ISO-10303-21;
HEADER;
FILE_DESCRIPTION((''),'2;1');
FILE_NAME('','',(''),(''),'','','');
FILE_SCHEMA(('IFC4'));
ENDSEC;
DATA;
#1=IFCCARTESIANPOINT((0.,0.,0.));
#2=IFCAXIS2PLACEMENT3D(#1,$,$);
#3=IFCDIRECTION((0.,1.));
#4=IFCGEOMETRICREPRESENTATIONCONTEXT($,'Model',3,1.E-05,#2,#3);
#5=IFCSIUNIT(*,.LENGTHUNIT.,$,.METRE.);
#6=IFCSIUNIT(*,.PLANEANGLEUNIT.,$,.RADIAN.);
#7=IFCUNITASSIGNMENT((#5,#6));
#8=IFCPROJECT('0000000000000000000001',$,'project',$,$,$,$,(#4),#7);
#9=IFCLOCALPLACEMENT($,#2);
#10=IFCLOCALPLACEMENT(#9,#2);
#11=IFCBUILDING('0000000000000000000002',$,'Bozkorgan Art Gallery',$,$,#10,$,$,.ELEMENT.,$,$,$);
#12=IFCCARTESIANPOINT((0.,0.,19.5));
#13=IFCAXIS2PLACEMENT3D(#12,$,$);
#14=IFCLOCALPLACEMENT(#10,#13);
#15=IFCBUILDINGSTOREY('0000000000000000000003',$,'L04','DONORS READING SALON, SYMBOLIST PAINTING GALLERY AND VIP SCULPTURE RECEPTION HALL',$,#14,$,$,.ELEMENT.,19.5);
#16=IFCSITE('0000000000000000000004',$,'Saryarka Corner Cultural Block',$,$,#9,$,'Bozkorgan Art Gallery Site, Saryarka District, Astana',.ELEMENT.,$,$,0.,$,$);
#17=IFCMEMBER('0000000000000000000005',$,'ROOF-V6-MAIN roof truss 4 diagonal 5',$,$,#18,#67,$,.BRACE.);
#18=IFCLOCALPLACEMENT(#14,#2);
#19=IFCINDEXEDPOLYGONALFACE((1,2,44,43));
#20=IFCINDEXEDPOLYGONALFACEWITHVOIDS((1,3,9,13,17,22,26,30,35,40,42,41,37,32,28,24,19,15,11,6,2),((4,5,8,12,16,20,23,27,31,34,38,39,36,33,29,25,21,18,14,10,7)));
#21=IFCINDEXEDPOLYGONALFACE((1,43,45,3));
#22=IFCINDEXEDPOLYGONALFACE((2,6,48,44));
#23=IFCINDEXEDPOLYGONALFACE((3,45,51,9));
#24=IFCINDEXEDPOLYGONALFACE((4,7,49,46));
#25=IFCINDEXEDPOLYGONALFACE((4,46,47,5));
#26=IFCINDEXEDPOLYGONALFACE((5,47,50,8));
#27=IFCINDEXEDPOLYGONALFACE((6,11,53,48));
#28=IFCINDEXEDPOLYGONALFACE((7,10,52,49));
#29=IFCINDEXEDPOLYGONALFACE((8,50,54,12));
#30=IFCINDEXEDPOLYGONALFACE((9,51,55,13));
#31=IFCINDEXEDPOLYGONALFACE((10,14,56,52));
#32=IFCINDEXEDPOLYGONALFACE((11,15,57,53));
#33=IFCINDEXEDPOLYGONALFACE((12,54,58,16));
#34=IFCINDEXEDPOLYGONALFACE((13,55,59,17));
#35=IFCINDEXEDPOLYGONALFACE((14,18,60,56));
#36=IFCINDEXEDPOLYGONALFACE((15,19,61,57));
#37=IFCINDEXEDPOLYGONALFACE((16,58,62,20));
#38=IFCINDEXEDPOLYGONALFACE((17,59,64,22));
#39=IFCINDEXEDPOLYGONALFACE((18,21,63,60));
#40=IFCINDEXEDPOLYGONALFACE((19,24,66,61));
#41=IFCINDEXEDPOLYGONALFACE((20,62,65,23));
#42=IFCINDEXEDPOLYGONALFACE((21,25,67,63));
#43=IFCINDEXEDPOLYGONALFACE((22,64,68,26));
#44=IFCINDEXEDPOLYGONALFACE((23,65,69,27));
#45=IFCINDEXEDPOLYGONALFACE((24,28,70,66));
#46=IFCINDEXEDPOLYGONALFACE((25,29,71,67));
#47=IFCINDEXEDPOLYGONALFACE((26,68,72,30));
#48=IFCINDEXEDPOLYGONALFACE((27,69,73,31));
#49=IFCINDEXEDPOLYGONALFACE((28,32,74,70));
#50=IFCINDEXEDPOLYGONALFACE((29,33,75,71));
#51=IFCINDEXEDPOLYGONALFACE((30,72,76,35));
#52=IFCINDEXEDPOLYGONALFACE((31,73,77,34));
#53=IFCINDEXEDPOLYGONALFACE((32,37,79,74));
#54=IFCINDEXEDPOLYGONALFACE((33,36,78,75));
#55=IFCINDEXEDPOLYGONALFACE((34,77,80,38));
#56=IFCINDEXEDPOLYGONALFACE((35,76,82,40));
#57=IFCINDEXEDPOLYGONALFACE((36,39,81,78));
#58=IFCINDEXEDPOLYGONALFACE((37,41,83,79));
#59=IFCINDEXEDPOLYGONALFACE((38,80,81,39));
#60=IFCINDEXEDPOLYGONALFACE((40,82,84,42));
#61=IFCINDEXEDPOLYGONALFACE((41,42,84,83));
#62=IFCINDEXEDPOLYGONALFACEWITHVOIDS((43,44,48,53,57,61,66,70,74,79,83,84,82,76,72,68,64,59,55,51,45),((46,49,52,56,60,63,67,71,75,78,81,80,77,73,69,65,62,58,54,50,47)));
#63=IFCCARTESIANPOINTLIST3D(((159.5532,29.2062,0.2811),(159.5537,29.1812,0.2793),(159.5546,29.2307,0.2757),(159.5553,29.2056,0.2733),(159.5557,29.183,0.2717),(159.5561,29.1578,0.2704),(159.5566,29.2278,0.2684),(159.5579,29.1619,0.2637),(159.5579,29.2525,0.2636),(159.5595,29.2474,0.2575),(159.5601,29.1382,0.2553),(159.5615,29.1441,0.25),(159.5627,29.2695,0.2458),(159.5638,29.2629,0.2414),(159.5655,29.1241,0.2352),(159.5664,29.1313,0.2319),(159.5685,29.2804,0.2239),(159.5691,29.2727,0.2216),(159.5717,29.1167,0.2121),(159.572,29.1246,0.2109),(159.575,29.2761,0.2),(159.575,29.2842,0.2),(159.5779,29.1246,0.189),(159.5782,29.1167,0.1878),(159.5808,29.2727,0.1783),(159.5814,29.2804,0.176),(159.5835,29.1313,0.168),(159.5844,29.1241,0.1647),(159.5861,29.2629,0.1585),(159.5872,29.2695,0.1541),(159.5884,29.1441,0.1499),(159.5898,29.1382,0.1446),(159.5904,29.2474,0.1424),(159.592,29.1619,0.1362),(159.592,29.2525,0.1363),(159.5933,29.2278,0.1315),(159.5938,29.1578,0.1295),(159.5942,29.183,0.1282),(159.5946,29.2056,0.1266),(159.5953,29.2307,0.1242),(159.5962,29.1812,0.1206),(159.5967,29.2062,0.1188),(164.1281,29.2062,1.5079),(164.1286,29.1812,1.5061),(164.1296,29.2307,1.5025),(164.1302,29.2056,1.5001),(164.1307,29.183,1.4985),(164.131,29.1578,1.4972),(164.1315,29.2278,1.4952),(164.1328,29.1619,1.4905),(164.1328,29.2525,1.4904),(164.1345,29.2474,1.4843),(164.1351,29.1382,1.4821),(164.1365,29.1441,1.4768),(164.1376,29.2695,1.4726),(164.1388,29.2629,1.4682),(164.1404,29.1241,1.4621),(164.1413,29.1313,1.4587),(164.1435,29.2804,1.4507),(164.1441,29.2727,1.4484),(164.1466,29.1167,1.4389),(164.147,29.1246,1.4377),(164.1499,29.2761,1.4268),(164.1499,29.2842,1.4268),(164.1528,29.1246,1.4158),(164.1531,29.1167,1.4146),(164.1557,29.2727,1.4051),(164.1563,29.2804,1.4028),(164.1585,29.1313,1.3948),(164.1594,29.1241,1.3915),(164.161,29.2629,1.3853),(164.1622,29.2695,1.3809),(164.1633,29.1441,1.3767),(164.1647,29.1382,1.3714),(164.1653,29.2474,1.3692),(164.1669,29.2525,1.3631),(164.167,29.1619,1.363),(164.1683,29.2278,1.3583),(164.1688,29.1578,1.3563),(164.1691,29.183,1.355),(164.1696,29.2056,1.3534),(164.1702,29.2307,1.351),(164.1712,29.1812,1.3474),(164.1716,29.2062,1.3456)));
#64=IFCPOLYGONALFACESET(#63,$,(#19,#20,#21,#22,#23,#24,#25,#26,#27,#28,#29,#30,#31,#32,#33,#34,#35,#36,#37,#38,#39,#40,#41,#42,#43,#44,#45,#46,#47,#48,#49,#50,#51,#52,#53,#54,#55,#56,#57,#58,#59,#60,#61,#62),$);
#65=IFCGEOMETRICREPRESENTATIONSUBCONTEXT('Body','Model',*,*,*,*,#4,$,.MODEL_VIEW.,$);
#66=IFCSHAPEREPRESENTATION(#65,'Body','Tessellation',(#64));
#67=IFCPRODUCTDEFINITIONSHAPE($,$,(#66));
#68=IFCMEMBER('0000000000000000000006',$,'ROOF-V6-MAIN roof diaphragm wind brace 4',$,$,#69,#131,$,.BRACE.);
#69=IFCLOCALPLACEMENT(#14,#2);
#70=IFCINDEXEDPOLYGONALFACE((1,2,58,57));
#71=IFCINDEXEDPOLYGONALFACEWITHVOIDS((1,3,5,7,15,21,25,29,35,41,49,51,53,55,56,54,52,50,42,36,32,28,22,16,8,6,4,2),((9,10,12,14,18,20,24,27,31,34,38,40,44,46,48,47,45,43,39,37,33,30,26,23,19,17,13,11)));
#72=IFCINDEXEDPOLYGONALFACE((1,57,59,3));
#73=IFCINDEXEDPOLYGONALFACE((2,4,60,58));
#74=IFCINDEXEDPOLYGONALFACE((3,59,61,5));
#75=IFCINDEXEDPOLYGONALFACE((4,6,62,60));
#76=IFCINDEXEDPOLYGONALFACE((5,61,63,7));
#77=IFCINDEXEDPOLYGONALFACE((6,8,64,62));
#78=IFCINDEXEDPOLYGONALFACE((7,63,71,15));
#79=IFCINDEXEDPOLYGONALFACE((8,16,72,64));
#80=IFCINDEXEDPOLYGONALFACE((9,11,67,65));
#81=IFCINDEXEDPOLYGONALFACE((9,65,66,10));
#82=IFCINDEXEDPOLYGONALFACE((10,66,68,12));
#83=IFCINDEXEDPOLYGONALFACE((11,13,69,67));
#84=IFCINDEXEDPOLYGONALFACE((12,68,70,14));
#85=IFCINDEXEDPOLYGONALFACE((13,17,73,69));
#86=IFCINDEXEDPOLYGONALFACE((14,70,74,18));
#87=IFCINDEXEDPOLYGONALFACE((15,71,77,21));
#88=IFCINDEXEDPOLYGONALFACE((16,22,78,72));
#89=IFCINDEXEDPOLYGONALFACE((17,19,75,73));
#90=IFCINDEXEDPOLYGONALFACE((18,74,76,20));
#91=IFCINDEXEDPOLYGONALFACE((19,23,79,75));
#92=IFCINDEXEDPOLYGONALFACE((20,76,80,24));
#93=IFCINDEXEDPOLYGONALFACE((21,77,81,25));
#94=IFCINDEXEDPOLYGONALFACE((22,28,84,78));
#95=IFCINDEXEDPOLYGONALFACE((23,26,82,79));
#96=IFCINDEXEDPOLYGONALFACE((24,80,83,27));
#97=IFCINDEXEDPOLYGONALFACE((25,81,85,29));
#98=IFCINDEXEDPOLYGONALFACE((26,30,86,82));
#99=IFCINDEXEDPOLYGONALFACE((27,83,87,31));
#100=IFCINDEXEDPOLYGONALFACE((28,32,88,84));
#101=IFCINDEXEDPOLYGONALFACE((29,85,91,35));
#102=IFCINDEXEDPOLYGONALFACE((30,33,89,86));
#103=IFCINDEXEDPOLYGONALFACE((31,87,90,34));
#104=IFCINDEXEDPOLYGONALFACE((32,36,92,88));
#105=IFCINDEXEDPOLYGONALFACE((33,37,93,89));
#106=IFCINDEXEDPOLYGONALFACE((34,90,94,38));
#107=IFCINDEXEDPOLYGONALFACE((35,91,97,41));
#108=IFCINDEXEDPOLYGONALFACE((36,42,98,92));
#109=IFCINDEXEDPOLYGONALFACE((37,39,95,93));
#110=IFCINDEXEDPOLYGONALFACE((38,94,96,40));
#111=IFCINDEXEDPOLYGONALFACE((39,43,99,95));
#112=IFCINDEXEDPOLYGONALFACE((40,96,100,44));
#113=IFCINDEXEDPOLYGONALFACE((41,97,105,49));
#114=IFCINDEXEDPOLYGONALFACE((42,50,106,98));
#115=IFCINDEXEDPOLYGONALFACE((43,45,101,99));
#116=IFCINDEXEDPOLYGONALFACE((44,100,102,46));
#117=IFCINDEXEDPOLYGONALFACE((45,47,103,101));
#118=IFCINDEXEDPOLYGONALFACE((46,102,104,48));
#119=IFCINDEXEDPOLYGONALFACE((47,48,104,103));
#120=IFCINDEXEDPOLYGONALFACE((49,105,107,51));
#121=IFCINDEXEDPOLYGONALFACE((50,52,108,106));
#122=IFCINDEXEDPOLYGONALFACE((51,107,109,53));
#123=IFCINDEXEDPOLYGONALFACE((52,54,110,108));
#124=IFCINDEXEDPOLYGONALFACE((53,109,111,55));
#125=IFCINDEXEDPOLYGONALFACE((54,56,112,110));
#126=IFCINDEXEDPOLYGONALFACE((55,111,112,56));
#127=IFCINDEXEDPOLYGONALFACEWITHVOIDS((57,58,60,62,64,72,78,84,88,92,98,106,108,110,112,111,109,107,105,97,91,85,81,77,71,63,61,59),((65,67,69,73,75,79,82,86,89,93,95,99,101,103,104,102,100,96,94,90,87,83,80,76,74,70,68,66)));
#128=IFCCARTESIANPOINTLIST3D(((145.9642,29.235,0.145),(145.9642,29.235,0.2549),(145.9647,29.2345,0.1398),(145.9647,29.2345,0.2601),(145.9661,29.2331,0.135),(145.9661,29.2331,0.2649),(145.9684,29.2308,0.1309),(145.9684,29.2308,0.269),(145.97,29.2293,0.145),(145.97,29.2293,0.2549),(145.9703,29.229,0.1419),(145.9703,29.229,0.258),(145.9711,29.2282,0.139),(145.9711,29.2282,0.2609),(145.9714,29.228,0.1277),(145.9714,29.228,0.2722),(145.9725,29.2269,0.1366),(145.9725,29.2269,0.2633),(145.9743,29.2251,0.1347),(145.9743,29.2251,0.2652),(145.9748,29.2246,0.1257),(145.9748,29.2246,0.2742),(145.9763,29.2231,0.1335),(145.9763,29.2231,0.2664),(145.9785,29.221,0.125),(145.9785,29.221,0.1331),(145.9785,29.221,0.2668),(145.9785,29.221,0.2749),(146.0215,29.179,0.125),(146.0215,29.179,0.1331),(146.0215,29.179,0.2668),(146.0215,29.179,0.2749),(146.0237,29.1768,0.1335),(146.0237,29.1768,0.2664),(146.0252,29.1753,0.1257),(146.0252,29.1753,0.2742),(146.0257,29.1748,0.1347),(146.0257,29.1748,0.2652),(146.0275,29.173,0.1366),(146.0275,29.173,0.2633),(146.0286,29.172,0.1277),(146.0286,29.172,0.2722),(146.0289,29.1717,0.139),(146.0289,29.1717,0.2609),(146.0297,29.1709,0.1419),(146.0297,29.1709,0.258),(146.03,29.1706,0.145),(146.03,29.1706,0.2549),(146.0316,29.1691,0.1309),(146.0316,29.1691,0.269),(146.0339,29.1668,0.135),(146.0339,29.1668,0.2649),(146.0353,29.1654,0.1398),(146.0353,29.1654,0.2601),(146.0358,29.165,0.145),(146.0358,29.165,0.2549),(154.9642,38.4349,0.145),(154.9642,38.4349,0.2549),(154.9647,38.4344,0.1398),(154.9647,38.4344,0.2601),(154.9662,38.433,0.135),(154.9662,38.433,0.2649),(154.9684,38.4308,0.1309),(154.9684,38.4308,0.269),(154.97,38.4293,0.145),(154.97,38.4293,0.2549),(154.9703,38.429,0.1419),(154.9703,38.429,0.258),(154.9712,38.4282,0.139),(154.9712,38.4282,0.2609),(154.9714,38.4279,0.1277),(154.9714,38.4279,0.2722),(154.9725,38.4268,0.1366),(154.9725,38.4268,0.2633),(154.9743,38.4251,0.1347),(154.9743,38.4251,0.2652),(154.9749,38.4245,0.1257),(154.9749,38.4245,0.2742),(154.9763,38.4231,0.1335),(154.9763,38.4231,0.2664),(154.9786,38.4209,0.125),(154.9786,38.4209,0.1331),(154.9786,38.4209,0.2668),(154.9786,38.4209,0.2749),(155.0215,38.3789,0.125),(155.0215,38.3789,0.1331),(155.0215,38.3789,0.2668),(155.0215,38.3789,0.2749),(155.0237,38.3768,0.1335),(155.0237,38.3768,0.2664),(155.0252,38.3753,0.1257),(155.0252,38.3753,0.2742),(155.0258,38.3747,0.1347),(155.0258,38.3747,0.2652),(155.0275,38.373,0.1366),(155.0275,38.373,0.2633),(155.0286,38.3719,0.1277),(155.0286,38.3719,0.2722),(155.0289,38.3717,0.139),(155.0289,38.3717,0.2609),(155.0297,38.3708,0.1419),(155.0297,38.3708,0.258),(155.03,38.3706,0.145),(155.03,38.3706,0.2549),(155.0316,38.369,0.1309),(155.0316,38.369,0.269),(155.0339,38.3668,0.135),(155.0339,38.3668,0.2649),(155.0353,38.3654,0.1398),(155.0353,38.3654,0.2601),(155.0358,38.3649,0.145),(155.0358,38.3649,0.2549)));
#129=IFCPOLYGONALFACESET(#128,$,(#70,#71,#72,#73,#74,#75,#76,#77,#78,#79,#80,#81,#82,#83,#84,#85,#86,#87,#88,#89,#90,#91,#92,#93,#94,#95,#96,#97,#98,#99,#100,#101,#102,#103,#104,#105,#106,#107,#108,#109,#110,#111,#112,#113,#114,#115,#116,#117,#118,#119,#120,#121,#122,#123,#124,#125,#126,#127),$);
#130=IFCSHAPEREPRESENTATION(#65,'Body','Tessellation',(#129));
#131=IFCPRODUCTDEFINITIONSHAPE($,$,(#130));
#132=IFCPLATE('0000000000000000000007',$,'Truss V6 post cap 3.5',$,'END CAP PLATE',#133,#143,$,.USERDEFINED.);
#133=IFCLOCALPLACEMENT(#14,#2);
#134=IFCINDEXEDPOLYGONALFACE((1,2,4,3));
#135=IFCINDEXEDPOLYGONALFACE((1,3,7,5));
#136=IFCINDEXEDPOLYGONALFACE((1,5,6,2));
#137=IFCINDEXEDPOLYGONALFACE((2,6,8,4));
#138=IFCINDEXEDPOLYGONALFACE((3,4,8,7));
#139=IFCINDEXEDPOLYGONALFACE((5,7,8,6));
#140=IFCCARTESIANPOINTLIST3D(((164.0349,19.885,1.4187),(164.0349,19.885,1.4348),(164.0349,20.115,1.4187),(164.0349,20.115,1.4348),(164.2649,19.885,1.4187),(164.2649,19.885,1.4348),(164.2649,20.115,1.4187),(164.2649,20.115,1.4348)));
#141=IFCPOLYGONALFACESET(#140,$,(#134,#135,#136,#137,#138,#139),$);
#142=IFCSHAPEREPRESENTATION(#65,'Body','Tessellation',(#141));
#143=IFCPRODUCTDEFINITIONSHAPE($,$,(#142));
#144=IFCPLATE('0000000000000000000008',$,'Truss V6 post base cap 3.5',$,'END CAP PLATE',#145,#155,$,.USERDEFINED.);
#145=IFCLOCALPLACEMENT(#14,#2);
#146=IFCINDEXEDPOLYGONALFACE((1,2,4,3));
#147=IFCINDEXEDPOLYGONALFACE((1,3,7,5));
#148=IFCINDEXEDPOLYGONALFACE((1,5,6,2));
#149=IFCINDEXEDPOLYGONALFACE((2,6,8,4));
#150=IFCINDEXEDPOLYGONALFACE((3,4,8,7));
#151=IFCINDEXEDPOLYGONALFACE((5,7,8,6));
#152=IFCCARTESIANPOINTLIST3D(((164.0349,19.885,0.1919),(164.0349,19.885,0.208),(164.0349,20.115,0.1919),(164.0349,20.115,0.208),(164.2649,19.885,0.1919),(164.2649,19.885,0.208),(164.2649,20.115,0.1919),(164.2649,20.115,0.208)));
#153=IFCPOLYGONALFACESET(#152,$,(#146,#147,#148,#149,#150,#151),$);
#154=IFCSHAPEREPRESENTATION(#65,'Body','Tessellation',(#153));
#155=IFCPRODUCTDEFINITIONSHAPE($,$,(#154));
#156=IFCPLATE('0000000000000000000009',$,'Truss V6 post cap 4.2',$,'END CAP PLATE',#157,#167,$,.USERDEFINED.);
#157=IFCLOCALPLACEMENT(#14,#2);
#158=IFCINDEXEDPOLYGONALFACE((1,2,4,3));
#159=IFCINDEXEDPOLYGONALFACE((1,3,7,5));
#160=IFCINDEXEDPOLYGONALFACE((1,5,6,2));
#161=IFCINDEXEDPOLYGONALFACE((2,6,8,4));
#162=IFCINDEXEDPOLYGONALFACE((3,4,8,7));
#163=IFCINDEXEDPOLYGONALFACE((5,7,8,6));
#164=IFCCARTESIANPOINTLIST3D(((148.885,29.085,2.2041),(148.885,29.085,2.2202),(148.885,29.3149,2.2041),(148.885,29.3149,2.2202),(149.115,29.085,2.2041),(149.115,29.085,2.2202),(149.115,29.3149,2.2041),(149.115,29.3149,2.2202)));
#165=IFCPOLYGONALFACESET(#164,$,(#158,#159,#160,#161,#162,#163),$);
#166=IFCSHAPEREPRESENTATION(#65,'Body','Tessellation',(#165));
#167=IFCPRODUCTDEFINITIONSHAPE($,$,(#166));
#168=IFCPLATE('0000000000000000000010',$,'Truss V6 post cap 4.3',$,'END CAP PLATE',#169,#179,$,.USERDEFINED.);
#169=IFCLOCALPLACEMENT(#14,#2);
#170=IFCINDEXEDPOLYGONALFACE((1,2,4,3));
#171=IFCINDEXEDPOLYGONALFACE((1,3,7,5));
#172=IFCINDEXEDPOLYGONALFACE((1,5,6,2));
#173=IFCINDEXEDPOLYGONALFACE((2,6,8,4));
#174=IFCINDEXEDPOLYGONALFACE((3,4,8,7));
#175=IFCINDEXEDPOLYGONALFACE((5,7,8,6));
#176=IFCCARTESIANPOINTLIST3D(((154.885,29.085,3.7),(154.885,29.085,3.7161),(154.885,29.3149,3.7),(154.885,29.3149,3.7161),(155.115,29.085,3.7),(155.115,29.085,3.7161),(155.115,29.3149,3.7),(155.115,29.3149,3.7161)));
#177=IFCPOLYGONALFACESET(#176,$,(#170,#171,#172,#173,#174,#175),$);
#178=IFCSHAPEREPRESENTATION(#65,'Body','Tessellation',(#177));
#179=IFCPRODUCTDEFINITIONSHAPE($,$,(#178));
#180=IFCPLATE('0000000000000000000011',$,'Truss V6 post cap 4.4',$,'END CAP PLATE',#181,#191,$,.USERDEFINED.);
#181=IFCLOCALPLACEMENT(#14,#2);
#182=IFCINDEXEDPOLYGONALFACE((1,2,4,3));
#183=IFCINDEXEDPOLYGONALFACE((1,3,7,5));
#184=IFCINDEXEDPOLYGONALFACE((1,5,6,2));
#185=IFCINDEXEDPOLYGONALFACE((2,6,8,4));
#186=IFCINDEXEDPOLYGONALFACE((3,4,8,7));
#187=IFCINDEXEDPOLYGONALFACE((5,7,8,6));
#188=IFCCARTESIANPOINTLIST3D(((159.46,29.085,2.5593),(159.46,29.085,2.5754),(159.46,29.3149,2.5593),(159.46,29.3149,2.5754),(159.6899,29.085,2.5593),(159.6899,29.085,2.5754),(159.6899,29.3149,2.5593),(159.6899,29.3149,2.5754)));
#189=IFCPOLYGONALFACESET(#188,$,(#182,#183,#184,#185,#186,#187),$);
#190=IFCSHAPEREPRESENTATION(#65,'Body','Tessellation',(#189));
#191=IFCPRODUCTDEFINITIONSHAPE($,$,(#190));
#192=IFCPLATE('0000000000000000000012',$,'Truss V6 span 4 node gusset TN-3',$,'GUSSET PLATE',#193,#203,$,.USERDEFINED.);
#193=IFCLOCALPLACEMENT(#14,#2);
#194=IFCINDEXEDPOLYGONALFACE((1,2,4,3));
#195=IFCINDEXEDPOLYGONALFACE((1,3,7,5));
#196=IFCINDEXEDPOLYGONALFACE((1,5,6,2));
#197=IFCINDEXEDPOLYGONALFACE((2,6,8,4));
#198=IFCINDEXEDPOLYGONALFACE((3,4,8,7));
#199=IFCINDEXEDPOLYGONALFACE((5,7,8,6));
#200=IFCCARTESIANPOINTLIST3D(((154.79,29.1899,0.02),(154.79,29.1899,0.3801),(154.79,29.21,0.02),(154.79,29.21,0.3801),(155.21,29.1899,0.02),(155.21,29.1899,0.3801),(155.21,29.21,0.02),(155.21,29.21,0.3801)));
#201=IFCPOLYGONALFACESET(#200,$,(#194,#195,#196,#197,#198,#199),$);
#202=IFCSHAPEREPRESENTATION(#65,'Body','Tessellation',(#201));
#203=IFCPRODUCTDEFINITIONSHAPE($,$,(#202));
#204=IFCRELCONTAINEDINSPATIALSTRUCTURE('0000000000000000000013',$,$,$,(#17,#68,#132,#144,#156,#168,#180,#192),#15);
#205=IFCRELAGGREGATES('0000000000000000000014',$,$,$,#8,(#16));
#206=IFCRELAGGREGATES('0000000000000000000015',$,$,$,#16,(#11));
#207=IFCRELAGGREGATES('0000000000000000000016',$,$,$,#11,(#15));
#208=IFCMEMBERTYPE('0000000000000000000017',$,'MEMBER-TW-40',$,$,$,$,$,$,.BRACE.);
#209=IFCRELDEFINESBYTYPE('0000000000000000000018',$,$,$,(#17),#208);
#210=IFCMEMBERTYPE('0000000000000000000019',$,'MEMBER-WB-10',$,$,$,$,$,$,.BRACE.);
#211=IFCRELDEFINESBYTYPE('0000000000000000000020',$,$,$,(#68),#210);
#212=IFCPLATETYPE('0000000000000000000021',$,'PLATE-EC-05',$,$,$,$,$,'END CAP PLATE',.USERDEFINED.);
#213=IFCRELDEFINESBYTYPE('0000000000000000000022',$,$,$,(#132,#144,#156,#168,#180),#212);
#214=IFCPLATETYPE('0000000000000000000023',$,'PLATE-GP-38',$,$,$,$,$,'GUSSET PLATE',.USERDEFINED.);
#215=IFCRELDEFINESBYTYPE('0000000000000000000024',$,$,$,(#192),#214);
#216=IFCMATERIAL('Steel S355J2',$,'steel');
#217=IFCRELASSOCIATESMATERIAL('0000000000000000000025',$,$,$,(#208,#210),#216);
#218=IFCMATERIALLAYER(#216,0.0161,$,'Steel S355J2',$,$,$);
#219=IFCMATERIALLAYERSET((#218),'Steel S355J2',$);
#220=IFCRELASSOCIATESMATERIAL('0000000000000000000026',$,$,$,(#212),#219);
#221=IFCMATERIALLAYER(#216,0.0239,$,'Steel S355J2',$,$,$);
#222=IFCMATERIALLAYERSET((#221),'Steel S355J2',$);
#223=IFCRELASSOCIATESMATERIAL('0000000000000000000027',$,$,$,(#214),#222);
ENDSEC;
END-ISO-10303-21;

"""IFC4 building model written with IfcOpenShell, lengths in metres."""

from ifc_helpers import new_model, si_unit, direction, frame, origin, origin_2d, place, context, subcontext, project, spatial, rectangle, hollow_rectangle, hollow_circle, extrude, material, layer, layer_set, material_profile, profile_set, type_object, element, save


model = new_model("IFC4")

# Units and contexts
model_context = context("Model", 3, precision=1e-05, world=origin(), true_north=direction((0.0, 1.0)))
body_context = subcontext(model_context, "Body", "Model", "MODEL_VIEW")
ifc_project = project(units=[si_unit("LENGTHUNIT", "METRE"), si_unit("PLANEANGLEUNIT", "RADIAN")], contexts=[model_context])

# Site, building, storey
site_placement = place(None, origin())
site = spatial("IfcSite", under=ifc_project, at=site_placement, Name="Saryarka Corner Cultural Block", LongName="Bozkorgan Art Gallery Site, Saryarka District, Astana", CompositionType="ELEMENT", RefElevation=0.0)
building_placement = place(site_placement, origin())
building = spatial("IfcBuilding", under=site, at=building_placement, Name="Bozkorgan Art Gallery", CompositionType="ELEMENT")
storey_placement = place(building_placement, frame((0.0, 0.0, 19.5)))
storey = spatial("IfcBuildingStorey", under=building, at=storey_placement, Name="L04", Description="DONORS READING SALON, SYMBOLIST PAINTING GALLERY AND VIP SCULPTURE RECEPTION HALL", CompositionType="ELEMENT", Elevation=19.5)

# Members
ifc_material_1 = material(Name="Steel S355J2", Category="steel")
ifc_material_profile_1 = material_profile(ifc_material_1, hollow_circle(Radius=0.0842, WallThickness=0.0081, at=origin_2d()), Name="CHS 168.3x8")
ifc_profile_set_1 = profile_set([ifc_material_profile_1], Name="Steel S355J2")
member_type_1 = type_object("IfcMemberType", Name="MEMBER-TW-40", PredefinedType="BRACE", material=ifc_profile_set_1)
member_1_placement = place(storey_placement, frame((159.575, 29.2, 0.2), z_axis=(0.965876, 0.0, 0.259007), x_axis=(0.0, 1.0, 0.0)))
element("IfcMember", 1, at=member_1_placement, inside=storey, type_object=member_type_1, Name="ROOF-V6-MAIN roof truss 4 diagonal 5", PredefinedType="BRACE", context=body_context, shape_type="SweptSolid", body=[
    extrude(hollow_circle(Radius=0.0842, WallThickness=0.0081, at=origin_2d()), origin(), (0.0, 0.0, 1.0), 4.7366),
])
ifc_material_profile_2 = material_profile(ifc_material_1, hollow_rectangle(XDim=0.1001, YDim=0.1499, WallThickness=0.0081, InnerFilletRadius=0.012, OuterFilletRadius=0.02, at=origin_2d()), Name="RHS 150x100x8")
ifc_profile_set_2 = profile_set([ifc_material_profile_2], Name="Steel S355J2")
member_type_2 = type_object("IfcMemberType", Name="MEMBER-WB-10", PredefinedType="BRACE", material=ifc_profile_set_2)
member_2_placement = place(storey_placement, frame((146.0, 29.2, 0.2), z_axis=(0.699296, 0.714832, 0.0), x_axis=(-0.714832, 0.699296, 0.0)))
element("IfcMember", 2, at=member_2_placement, inside=storey, type_object=member_type_2, Name="ROOF-V6-MAIN roof diaphragm wind brace 4", PredefinedType="BRACE", context=body_context, shape_type="SweptSolid", body=[
    extrude(hollow_rectangle(XDim=0.1001, YDim=0.1499, WallThickness=0.0081, InnerFilletRadius=0.012, OuterFilletRadius=0.02, at=origin_2d()), origin(), (0.0, 0.0, 1.0), 12.8701),
])

# Plates
ifc_layer_1 = layer(ifc_material_1, 0.0161, Name="Steel S355J2")
ifc_layer_set_1 = layer_set([ifc_layer_1], Name="Steel S355J2")
plate_type_1 = type_object("IfcPlateType", Name="PLATE-EC-05", ElementType="END CAP PLATE", PredefinedType="USERDEFINED", material=ifc_layer_set_1)
for number, where, z_axis, x_axis, name in (
    (3, (164.1499, 20.0, 1.4187), (0.0, 0.0, 1.0), (1.0, 0.0, 0.0), "Truss V6 post cap 3.5"),
    (4, (164.1499, 20.0, 0.1919), (0.0, 0.0, 1.0), (1.0, 0.0, 0.0), "Truss V6 post base cap 3.5"),
    (5, (149.0, 29.2, 2.2041), (0.0, 0.0, 1.0), (1.0, 0.0, 0.0), "Truss V6 post cap 4.2"),
    (6, (155.0, 29.2, 3.7), (0.0, 0.0, 1.0), (1.0, 0.0, 0.0), "Truss V6 post cap 4.3"),
    (7, (159.575, 29.2, 2.5593), (0.0, 0.0, 1.0), (1.0, 0.0, 0.0), "Truss V6 post cap 4.4"),
):
    element("IfcPlate", number, at=place(storey_placement, frame(where, z_axis=z_axis, x_axis=x_axis)), inside=storey, type_object=plate_type_1, Name=name, ObjectType="END CAP PLATE", PredefinedType="USERDEFINED", context=body_context, shape_type="SweptSolid", body=[
        extrude(rectangle(XDim=0.23, YDim=0.23, at=origin_2d()), origin(), (0.0, 0.0, 1.0), 0.0161),
    ])
ifc_layer_2 = layer(ifc_material_1, 0.0239, Name="Steel S355J2")
ifc_layer_set_2 = layer_set([ifc_layer_2], Name="Steel S355J2")
plate_type_2 = type_object("IfcPlateType", Name="PLATE-GP-38", ElementType="GUSSET PLATE", PredefinedType="USERDEFINED", material=ifc_layer_set_2)
plate_placement = place(storey_placement, frame((155.0, 29.2, 0.02), z_axis=(0.0, 0.0, 1.0), x_axis=(1.0, 0.0, 0.0)))
element("IfcPlate", 8, at=plate_placement, inside=storey, type_object=plate_type_2, Name="Truss V6 span 4 node gusset TN-3", ObjectType="GUSSET PLATE", PredefinedType="USERDEFINED", context=body_context, shape_type="SweptSolid", body=[
    extrude(rectangle(XDim=0.4199, YDim=0.02, at=origin_2d()), origin(), (0.0, 0.0, 1.0), 0.3601),
])

save(model, "model.ifc")
